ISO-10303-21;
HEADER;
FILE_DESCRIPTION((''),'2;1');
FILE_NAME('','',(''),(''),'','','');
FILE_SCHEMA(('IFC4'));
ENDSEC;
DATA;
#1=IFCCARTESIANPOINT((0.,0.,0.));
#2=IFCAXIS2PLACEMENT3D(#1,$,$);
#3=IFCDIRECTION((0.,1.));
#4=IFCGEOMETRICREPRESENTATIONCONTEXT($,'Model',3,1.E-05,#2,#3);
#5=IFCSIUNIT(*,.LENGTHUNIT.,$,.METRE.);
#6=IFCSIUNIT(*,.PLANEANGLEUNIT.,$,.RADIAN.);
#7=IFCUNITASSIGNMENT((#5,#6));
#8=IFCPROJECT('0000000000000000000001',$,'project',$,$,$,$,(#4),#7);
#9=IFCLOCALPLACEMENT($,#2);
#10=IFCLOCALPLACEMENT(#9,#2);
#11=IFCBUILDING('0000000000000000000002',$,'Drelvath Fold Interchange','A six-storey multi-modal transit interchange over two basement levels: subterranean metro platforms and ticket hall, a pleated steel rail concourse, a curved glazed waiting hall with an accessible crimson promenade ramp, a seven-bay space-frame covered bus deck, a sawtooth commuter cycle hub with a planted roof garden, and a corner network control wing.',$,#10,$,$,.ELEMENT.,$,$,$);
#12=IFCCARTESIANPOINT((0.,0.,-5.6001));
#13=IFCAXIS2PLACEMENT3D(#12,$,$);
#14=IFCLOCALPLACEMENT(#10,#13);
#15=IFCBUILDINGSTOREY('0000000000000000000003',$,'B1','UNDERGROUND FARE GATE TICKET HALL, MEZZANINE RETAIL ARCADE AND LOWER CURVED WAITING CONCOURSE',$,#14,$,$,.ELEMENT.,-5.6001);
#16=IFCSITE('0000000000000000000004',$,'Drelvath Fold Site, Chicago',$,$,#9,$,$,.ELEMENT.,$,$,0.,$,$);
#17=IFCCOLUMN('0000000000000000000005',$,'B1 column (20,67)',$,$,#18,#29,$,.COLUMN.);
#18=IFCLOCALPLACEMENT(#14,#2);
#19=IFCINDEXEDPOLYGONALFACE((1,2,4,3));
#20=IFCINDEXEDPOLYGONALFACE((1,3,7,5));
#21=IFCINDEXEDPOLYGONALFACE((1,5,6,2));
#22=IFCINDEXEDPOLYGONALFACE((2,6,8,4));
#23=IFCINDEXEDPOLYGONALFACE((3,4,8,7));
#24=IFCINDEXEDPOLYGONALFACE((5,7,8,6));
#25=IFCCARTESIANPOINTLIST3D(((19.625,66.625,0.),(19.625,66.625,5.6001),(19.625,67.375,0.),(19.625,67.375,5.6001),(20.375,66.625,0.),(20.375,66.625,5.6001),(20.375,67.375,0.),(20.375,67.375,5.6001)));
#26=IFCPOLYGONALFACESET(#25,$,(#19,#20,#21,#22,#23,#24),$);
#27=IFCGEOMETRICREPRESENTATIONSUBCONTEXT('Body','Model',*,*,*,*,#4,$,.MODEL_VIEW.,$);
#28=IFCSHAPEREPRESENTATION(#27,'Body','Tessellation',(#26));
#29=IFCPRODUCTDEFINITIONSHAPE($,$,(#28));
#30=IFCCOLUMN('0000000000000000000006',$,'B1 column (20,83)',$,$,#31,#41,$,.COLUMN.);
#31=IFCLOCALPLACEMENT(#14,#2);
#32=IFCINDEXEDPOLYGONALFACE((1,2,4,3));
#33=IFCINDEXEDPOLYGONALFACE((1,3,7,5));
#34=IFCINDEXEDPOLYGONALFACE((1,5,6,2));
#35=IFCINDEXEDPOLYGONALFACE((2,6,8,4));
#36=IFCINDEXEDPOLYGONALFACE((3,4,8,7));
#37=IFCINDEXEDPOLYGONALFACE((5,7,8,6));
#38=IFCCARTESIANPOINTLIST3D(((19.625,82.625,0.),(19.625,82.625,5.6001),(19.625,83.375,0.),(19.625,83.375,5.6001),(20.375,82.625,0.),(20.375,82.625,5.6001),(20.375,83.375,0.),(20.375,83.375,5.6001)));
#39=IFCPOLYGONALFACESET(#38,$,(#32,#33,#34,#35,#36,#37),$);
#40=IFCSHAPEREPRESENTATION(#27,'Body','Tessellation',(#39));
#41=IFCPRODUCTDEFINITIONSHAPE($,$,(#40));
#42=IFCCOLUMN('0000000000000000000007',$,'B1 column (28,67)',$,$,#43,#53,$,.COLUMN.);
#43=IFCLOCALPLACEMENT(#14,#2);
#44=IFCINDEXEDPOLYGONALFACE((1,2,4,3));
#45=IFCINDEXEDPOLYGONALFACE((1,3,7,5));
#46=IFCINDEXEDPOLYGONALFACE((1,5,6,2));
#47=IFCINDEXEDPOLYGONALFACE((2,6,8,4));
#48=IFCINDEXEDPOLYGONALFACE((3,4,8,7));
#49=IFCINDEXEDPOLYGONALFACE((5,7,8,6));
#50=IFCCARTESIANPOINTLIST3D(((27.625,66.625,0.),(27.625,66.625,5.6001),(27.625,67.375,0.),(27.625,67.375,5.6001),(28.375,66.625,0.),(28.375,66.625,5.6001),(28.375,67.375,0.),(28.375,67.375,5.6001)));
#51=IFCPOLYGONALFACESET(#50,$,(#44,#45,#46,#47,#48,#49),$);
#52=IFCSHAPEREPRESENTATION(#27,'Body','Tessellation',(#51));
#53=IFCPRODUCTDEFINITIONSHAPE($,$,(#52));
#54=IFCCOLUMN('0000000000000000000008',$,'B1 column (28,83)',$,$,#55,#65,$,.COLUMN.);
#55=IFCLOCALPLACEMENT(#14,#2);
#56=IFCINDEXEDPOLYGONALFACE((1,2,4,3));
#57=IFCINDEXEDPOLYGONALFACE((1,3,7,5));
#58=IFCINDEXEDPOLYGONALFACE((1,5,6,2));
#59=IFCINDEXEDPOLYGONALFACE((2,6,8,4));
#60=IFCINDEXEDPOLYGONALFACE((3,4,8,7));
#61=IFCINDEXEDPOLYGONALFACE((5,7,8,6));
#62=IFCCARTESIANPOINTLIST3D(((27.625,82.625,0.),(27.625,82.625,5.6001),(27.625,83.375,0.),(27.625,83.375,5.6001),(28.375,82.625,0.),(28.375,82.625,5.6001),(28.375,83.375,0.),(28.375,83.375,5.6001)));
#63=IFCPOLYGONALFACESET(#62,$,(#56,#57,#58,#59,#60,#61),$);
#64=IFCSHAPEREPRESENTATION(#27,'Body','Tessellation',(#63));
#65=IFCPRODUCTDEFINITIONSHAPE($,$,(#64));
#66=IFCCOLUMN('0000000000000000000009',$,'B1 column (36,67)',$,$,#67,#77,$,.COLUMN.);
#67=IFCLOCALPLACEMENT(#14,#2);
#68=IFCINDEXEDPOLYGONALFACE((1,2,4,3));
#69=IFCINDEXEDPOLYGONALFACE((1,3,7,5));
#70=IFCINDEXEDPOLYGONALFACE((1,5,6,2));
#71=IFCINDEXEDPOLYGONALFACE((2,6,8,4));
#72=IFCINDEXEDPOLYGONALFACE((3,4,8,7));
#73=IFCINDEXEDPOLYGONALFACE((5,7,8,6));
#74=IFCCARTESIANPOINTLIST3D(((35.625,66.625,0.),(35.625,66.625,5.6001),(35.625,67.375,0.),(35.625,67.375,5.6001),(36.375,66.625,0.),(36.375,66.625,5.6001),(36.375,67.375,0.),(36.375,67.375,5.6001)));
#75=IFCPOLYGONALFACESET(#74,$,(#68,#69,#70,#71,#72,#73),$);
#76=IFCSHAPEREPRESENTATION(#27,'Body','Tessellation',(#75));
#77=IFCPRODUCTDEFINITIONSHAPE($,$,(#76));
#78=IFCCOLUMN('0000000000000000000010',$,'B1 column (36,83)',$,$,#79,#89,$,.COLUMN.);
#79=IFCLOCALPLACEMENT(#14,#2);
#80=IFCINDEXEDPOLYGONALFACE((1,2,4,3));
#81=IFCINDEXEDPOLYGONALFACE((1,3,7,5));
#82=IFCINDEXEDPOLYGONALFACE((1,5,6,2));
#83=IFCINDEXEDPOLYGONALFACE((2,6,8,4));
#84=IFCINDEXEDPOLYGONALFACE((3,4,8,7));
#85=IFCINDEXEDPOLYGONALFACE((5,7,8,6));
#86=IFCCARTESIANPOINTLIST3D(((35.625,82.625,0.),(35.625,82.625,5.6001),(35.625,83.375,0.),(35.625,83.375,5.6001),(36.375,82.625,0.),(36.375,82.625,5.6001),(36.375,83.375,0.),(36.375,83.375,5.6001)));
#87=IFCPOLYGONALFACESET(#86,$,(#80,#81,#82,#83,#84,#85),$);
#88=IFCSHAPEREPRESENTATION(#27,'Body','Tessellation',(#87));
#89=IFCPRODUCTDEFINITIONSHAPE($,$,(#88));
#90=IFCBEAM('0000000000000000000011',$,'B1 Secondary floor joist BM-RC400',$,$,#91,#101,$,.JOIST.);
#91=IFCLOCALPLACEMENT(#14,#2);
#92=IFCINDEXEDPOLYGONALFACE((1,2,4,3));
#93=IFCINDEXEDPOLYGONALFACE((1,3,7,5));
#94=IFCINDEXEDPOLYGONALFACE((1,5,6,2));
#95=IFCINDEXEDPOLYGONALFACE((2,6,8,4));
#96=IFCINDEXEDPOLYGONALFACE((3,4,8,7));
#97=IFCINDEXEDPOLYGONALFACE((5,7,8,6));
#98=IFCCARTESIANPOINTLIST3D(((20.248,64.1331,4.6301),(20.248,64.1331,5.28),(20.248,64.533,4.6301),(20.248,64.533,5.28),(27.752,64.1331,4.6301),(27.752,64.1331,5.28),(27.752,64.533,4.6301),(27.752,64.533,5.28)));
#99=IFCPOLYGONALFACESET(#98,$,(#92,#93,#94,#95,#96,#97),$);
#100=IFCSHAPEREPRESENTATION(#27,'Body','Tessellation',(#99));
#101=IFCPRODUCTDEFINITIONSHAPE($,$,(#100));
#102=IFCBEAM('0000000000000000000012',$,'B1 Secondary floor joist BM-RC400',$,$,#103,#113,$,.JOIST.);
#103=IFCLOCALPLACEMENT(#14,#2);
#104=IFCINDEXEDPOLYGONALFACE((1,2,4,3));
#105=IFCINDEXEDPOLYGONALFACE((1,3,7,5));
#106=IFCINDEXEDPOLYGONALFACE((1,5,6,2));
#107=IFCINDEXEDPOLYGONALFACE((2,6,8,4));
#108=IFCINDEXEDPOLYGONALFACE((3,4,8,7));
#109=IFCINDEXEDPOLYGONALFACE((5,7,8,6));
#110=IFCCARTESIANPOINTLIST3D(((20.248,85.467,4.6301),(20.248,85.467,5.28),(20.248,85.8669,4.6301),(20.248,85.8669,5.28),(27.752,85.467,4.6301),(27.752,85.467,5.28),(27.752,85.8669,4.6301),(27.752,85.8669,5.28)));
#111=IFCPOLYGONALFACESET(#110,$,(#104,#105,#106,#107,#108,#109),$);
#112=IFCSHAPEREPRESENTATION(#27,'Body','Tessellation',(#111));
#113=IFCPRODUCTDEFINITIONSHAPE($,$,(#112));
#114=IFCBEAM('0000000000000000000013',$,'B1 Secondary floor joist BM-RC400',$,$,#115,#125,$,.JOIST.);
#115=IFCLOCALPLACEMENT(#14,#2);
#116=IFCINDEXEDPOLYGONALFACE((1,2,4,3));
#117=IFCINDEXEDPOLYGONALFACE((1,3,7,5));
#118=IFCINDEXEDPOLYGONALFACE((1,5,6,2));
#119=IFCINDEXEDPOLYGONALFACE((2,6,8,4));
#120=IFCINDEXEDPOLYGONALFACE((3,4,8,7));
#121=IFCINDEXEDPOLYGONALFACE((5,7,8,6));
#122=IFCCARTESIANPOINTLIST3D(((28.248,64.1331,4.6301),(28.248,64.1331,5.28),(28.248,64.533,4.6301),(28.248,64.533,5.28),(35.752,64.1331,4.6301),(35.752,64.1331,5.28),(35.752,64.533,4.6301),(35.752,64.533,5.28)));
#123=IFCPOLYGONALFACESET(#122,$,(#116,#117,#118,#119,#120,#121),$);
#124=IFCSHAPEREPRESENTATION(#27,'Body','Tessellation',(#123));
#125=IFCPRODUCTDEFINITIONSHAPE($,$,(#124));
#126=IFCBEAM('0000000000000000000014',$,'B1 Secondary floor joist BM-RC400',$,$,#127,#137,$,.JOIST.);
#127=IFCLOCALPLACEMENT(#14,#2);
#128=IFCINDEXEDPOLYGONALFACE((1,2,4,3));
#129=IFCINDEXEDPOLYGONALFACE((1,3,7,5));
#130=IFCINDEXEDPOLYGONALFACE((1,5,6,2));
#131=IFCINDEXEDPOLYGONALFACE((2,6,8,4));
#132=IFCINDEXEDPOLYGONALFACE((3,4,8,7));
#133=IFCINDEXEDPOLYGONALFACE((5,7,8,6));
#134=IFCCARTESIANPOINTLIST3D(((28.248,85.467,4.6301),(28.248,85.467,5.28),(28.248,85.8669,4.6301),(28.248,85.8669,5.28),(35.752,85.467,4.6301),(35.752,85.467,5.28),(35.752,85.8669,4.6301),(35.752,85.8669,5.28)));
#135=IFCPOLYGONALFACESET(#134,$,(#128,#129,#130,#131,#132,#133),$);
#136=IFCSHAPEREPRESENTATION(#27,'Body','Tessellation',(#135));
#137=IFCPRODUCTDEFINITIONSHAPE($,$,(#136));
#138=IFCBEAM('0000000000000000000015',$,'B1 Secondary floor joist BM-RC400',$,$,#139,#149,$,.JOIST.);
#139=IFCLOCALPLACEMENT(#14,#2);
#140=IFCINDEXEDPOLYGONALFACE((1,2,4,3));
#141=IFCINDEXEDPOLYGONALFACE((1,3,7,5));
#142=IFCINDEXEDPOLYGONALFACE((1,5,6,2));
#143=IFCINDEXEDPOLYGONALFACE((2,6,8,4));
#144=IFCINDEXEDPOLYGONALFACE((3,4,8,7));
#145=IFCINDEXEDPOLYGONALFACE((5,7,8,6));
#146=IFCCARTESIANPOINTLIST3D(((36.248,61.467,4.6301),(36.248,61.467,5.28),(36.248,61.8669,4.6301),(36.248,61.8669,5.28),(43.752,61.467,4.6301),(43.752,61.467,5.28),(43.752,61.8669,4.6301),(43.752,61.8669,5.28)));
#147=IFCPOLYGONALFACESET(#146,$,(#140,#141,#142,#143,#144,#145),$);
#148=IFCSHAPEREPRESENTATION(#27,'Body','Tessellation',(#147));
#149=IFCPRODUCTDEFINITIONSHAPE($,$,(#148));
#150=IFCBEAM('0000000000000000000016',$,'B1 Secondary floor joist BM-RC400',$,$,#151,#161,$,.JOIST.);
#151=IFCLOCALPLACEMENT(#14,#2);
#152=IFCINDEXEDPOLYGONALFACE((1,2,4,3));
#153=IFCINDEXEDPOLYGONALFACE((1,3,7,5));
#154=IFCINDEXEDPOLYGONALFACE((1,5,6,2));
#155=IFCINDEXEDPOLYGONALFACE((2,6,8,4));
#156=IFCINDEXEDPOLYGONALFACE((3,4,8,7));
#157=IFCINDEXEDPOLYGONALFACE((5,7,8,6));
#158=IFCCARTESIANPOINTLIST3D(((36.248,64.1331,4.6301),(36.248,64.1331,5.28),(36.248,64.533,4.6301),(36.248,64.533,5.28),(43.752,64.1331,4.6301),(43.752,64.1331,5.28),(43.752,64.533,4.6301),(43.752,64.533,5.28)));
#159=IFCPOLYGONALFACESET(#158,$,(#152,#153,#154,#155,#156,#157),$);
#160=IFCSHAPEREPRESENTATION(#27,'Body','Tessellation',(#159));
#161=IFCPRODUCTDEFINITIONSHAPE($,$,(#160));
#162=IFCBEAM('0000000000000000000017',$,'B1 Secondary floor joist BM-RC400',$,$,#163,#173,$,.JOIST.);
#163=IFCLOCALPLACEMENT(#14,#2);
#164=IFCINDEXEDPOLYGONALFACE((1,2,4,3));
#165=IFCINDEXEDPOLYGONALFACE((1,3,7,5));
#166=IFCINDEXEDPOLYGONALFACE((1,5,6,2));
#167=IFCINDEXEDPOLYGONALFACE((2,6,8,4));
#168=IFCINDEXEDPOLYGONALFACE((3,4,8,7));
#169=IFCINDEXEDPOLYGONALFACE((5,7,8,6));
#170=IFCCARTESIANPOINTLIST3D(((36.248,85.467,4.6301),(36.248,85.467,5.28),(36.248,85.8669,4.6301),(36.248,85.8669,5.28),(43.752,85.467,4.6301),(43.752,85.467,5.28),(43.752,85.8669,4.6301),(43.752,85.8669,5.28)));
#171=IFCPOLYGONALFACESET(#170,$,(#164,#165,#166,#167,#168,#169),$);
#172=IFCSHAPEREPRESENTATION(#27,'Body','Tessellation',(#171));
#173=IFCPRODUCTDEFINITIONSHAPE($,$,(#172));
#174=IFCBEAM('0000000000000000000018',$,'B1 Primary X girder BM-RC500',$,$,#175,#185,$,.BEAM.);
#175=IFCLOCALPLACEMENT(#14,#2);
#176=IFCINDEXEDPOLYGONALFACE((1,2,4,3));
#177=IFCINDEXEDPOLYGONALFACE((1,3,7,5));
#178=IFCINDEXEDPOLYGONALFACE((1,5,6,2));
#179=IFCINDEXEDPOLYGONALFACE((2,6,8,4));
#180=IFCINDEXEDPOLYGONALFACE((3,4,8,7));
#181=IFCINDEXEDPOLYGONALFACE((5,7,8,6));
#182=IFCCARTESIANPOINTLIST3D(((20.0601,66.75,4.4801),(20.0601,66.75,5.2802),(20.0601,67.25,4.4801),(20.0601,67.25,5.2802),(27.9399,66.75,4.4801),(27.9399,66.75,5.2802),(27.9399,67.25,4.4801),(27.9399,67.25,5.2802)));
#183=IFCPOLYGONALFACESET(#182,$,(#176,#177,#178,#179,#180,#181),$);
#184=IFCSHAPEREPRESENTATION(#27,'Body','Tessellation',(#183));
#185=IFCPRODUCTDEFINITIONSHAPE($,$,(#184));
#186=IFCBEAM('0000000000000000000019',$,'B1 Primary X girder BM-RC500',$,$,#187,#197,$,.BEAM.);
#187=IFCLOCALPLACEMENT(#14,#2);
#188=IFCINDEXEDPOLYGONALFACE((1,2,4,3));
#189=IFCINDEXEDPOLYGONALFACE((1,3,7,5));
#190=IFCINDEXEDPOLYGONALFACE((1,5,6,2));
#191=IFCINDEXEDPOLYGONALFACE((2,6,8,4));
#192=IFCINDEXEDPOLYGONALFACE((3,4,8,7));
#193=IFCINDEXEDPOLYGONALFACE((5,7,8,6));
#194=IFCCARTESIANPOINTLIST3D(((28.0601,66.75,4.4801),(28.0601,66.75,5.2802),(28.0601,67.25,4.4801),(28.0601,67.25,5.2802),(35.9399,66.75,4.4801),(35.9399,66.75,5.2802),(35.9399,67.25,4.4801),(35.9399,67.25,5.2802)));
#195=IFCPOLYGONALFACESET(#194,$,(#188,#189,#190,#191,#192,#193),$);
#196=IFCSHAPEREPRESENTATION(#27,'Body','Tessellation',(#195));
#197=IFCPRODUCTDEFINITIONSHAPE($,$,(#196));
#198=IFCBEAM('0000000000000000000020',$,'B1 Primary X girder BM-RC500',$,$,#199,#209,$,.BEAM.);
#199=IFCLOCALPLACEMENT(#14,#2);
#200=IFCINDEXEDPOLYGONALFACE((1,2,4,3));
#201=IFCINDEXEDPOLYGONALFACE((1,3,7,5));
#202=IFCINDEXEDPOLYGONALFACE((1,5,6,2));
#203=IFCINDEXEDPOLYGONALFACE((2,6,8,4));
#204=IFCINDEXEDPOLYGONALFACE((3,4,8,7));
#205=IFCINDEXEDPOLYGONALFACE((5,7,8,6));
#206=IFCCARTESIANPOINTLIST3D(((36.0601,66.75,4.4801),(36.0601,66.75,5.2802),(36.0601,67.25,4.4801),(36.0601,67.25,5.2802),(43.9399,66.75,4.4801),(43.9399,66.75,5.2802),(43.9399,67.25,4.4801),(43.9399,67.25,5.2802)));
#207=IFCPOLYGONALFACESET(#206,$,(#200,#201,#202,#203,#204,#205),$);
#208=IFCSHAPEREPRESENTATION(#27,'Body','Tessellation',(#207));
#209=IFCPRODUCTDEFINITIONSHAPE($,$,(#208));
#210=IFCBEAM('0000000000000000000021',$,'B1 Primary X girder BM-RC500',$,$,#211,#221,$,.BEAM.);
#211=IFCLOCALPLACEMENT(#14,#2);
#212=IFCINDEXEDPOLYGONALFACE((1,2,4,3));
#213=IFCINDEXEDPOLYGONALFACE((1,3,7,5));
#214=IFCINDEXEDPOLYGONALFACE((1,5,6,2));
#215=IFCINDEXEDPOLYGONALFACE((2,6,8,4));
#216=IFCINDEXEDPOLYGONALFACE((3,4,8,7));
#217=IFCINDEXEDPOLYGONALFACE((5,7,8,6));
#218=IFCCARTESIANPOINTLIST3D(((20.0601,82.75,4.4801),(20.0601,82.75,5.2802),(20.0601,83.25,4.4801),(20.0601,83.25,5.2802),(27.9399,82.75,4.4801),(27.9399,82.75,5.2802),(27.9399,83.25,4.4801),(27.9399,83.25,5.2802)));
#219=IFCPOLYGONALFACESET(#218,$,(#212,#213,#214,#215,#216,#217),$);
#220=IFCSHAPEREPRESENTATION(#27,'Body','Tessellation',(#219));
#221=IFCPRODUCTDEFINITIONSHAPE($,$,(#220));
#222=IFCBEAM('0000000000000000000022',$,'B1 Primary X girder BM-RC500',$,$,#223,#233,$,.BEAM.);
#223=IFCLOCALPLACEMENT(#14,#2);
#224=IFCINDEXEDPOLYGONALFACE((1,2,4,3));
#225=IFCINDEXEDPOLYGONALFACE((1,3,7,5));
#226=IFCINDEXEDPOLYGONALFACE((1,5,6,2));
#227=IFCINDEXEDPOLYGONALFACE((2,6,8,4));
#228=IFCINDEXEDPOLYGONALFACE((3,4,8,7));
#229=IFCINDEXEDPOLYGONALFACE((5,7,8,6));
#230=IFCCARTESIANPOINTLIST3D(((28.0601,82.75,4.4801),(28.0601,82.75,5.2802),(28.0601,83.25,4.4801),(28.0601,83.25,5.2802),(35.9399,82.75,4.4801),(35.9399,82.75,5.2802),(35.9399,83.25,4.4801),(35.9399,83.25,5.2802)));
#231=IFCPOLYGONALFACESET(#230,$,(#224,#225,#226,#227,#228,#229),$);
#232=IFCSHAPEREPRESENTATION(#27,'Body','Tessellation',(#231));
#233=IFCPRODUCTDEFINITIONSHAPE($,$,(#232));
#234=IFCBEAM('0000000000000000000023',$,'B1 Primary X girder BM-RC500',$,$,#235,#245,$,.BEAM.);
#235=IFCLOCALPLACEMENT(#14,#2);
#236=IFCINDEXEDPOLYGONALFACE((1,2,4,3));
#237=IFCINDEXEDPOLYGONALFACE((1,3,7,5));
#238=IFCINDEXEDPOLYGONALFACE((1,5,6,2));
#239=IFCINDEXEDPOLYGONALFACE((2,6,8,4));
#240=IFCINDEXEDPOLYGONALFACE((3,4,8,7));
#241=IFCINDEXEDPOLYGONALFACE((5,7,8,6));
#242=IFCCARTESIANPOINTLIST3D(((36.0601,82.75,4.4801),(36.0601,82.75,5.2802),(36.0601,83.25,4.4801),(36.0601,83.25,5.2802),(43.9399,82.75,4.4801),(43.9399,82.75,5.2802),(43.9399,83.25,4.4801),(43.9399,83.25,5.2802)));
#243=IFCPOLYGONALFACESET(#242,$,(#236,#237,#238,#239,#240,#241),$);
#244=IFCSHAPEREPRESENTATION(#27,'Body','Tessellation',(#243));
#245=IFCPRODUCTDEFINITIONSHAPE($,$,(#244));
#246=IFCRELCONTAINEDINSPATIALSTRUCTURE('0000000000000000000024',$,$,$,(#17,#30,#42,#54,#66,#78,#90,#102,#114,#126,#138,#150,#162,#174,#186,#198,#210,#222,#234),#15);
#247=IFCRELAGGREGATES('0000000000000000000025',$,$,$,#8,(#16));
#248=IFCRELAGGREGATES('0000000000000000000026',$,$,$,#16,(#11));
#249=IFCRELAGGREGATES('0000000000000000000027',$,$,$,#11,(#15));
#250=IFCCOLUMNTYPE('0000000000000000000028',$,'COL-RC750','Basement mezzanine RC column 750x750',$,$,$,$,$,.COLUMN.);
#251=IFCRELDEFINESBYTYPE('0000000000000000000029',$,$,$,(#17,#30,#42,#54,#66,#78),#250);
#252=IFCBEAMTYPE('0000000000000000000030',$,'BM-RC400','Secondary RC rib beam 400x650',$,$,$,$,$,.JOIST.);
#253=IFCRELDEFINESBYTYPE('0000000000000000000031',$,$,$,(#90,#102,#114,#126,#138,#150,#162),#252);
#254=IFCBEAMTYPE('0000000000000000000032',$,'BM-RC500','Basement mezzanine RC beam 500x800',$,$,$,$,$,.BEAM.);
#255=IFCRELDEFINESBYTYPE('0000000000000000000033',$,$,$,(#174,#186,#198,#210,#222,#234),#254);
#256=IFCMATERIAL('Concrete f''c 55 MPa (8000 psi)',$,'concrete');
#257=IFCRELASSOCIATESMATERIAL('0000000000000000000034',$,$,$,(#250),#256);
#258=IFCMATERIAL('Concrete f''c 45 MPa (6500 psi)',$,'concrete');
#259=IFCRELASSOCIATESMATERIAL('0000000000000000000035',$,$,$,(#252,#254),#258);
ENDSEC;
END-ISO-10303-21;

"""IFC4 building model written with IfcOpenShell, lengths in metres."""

from ifc_helpers import new_model, si_unit, direction, frame, origin, origin_2d, place, context, subcontext, project, spatial, rectangle, extrude, material, material_profile, profile_set, type_object, element, save


model = new_model("IFC4")

# Units and contexts
model_context = context("Model", 3, precision=1e-05, world=origin(), true_north=direction((0.0, 1.0)))
body_context = subcontext(model_context, "Body", "Model", "MODEL_VIEW")
ifc_project = project(units=[si_unit("LENGTHUNIT", "METRE"), si_unit("PLANEANGLEUNIT", "RADIAN")], contexts=[model_context])

# Site, building, storey
site_placement = place(None, origin())
site = spatial("IfcSite", under=ifc_project, at=site_placement, Name="Drelvath Fold Site, Chicago", CompositionType="ELEMENT", RefElevation=0.0)
building_placement = place(site_placement, origin())
building = spatial("IfcBuilding", under=site, at=building_placement, Name="Drelvath Fold Interchange", Description="A six-storey multi-modal transit interchange over two basement levels: subterranean metro platforms and ticket hall, a pleated steel rail concourse, a curved glazed waiting hall with an accessible crimson promenade ramp, a seven-bay space-frame covered bus deck, a sawtooth commuter cycle hub with a planted roof garden, and a corner network control wing.", CompositionType="ELEMENT")
storey_placement = place(building_placement, frame((0.0, 0.0, -5.6001)))
storey = spatial("IfcBuildingStorey", under=building, at=storey_placement, Name="B1", Description="UNDERGROUND FARE GATE TICKET HALL, MEZZANINE RETAIL ARCADE AND LOWER CURVED WAITING CONCOURSE", CompositionType="ELEMENT", Elevation=-5.6001)

# Columns
ifc_material_1 = material(Name="Concrete f'c 55 MPa (8000 psi)", Category="concrete")
ifc_material_profile_1 = material_profile(ifc_material_1, rectangle(XDim=0.75, YDim=0.75, at=origin_2d()), Name="RC 750x750")
ifc_profile_set_1 = profile_set([ifc_material_profile_1], Name="Concrete f'c 55 MPa (8000 psi)")
column_type = type_object("IfcColumnType", Name="COL-RC750", Description="Basement mezzanine RC column 750x750", PredefinedType="COLUMN", material=ifc_profile_set_1)
for number, where, z_axis, x_axis, name in (
    (1, (20.0, 67.0, 0.0), (0.0, 0.0, 1.0), (1.0, 0.0, 0.0), "B1 column (20,67)"),
    (2, (20.0, 83.0, 0.0), (0.0, 0.0, 1.0), (1.0, 0.0, 0.0), "B1 column (20,83)"),
    (3, (28.0, 67.0, 0.0), (0.0, 0.0, 1.0), (1.0, 0.0, 0.0), "B1 column (28,67)"),
    (4, (28.0, 83.0, 0.0), (0.0, 0.0, 1.0), (1.0, 0.0, 0.0), "B1 column (28,83)"),
    (5, (36.0, 67.0, 0.0), (0.0, 0.0, 1.0), (1.0, 0.0, 0.0), "B1 column (36,67)"),
    (6, (36.0, 83.0, 0.0), (0.0, 0.0, 1.0), (1.0, 0.0, 0.0), "B1 column (36,83)"),
):
    element("IfcColumn", number, at=place(storey_placement, frame(where, z_axis=z_axis, x_axis=x_axis)), inside=storey, type_object=column_type, Name=name, PredefinedType="COLUMN", context=body_context, shape_type="SweptSolid", body=[
        extrude(rectangle(XDim=0.75, YDim=0.75, at=origin_2d()), origin(), (0.0, 0.0, 1.0), 5.6001),
    ])

# Beams
ifc_material_2 = material(Name="Concrete f'c 45 MPa (6500 psi)", Category="concrete")
ifc_material_profile_2 = material_profile(ifc_material_2, rectangle(XDim=0.3999, YDim=0.6499, at=origin_2d()), Name="RC 400x650")
ifc_profile_set_2 = profile_set([ifc_material_profile_2], Name="Concrete f'c 45 MPa (6500 psi)")
beam_type_1 = type_object("IfcBeamType", Name="BM-RC400", Description="Secondary RC rib beam 400x650", PredefinedType="JOIST", material=ifc_profile_set_2)
for number, where, z_axis, x_axis, name in (
    (7, (20.248, 64.333, 4.9551), (1.0, 0.0, 0.0), (0.0, 1.0, 0.0), "B1 Secondary floor joist BM-RC400"),
    (8, (20.248, 85.667, 4.9551), (1.0, 0.0, 0.0), (0.0, 1.0, 0.0), "B1 Secondary floor joist BM-RC400"),
    (9, (28.248, 64.333, 4.9551), (1.0, 0.0, 0.0), (0.0, 1.0, 0.0), "B1 Secondary floor joist BM-RC400"),
    (10, (28.248, 85.667, 4.9551), (1.0, 0.0, 0.0), (0.0, 1.0, 0.0), "B1 Secondary floor joist BM-RC400"),
    (11, (36.248, 61.667, 4.9551), (1.0, 0.0, 0.0), (0.0, 1.0, 0.0), "B1 Secondary floor joist BM-RC400"),
    (12, (36.248, 64.333, 4.9551), (1.0, 0.0, 0.0), (0.0, 1.0, 0.0), "B1 Secondary floor joist BM-RC400"),
    (13, (36.248, 85.667, 4.9551), (1.0, 0.0, 0.0), (0.0, 1.0, 0.0), "B1 Secondary floor joist BM-RC400"),
):
    element("IfcBeam", number, at=place(storey_placement, frame(where, z_axis=z_axis, x_axis=x_axis)), inside=storey, type_object=beam_type_1, Name=name, PredefinedType="JOIST", context=body_context, shape_type="SweptSolid", body=[
        extrude(rectangle(XDim=0.3999, YDim=0.6499, at=origin_2d()), origin(), (0.0, 0.0, 1.0), 7.5039),
    ])
ifc_material_profile_3 = material_profile(ifc_material_2, rectangle(XDim=0.5, YDim=0.8, at=origin_2d()), Name="RC 500x800")
ifc_profile_set_3 = profile_set([ifc_material_profile_3], Name="Concrete f'c 45 MPa (6500 psi)")
beam_type_2 = type_object("IfcBeamType", Name="BM-RC500", Description="Basement mezzanine RC beam 500x800", PredefinedType="BEAM", material=ifc_profile_set_3)
for number, where, z_axis, x_axis, name in (
    (14, (20.0601, 67.0, 4.8801), (1.0, 0.0, 0.0), (0.0, 1.0, 0.0), "B1 Primary X girder BM-RC500"),
    (15, (28.0601, 67.0, 4.8801), (1.0, 0.0, 0.0), (0.0, 1.0, 0.0), "B1 Primary X girder BM-RC500"),
    (16, (36.0601, 67.0, 4.8801), (1.0, 0.0, 0.0), (0.0, 1.0, 0.0), "B1 Primary X girder BM-RC500"),
    (17, (20.0601, 83.0, 4.8801), (1.0, 0.0, 0.0), (0.0, 1.0, 0.0), "B1 Primary X girder BM-RC500"),
    (18, (28.0601, 83.0, 4.8801), (1.0, 0.0, 0.0), (0.0, 1.0, 0.0), "B1 Primary X girder BM-RC500"),
    (19, (36.0601, 83.0, 4.8801), (1.0, 0.0, 0.0), (0.0, 1.0, 0.0), "B1 Primary X girder BM-RC500"),
):
    element("IfcBeam", number, at=place(storey_placement, frame(where, z_axis=z_axis, x_axis=x_axis)), inside=storey, type_object=beam_type_2, Name=name, PredefinedType="BEAM", context=body_context, shape_type="SweptSolid", body=[
        extrude(rectangle(XDim=0.5, YDim=0.8, at=origin_2d()), origin(), (0.0, 0.0, 1.0), 7.8799),
    ])

save(model, "model.ifc")
